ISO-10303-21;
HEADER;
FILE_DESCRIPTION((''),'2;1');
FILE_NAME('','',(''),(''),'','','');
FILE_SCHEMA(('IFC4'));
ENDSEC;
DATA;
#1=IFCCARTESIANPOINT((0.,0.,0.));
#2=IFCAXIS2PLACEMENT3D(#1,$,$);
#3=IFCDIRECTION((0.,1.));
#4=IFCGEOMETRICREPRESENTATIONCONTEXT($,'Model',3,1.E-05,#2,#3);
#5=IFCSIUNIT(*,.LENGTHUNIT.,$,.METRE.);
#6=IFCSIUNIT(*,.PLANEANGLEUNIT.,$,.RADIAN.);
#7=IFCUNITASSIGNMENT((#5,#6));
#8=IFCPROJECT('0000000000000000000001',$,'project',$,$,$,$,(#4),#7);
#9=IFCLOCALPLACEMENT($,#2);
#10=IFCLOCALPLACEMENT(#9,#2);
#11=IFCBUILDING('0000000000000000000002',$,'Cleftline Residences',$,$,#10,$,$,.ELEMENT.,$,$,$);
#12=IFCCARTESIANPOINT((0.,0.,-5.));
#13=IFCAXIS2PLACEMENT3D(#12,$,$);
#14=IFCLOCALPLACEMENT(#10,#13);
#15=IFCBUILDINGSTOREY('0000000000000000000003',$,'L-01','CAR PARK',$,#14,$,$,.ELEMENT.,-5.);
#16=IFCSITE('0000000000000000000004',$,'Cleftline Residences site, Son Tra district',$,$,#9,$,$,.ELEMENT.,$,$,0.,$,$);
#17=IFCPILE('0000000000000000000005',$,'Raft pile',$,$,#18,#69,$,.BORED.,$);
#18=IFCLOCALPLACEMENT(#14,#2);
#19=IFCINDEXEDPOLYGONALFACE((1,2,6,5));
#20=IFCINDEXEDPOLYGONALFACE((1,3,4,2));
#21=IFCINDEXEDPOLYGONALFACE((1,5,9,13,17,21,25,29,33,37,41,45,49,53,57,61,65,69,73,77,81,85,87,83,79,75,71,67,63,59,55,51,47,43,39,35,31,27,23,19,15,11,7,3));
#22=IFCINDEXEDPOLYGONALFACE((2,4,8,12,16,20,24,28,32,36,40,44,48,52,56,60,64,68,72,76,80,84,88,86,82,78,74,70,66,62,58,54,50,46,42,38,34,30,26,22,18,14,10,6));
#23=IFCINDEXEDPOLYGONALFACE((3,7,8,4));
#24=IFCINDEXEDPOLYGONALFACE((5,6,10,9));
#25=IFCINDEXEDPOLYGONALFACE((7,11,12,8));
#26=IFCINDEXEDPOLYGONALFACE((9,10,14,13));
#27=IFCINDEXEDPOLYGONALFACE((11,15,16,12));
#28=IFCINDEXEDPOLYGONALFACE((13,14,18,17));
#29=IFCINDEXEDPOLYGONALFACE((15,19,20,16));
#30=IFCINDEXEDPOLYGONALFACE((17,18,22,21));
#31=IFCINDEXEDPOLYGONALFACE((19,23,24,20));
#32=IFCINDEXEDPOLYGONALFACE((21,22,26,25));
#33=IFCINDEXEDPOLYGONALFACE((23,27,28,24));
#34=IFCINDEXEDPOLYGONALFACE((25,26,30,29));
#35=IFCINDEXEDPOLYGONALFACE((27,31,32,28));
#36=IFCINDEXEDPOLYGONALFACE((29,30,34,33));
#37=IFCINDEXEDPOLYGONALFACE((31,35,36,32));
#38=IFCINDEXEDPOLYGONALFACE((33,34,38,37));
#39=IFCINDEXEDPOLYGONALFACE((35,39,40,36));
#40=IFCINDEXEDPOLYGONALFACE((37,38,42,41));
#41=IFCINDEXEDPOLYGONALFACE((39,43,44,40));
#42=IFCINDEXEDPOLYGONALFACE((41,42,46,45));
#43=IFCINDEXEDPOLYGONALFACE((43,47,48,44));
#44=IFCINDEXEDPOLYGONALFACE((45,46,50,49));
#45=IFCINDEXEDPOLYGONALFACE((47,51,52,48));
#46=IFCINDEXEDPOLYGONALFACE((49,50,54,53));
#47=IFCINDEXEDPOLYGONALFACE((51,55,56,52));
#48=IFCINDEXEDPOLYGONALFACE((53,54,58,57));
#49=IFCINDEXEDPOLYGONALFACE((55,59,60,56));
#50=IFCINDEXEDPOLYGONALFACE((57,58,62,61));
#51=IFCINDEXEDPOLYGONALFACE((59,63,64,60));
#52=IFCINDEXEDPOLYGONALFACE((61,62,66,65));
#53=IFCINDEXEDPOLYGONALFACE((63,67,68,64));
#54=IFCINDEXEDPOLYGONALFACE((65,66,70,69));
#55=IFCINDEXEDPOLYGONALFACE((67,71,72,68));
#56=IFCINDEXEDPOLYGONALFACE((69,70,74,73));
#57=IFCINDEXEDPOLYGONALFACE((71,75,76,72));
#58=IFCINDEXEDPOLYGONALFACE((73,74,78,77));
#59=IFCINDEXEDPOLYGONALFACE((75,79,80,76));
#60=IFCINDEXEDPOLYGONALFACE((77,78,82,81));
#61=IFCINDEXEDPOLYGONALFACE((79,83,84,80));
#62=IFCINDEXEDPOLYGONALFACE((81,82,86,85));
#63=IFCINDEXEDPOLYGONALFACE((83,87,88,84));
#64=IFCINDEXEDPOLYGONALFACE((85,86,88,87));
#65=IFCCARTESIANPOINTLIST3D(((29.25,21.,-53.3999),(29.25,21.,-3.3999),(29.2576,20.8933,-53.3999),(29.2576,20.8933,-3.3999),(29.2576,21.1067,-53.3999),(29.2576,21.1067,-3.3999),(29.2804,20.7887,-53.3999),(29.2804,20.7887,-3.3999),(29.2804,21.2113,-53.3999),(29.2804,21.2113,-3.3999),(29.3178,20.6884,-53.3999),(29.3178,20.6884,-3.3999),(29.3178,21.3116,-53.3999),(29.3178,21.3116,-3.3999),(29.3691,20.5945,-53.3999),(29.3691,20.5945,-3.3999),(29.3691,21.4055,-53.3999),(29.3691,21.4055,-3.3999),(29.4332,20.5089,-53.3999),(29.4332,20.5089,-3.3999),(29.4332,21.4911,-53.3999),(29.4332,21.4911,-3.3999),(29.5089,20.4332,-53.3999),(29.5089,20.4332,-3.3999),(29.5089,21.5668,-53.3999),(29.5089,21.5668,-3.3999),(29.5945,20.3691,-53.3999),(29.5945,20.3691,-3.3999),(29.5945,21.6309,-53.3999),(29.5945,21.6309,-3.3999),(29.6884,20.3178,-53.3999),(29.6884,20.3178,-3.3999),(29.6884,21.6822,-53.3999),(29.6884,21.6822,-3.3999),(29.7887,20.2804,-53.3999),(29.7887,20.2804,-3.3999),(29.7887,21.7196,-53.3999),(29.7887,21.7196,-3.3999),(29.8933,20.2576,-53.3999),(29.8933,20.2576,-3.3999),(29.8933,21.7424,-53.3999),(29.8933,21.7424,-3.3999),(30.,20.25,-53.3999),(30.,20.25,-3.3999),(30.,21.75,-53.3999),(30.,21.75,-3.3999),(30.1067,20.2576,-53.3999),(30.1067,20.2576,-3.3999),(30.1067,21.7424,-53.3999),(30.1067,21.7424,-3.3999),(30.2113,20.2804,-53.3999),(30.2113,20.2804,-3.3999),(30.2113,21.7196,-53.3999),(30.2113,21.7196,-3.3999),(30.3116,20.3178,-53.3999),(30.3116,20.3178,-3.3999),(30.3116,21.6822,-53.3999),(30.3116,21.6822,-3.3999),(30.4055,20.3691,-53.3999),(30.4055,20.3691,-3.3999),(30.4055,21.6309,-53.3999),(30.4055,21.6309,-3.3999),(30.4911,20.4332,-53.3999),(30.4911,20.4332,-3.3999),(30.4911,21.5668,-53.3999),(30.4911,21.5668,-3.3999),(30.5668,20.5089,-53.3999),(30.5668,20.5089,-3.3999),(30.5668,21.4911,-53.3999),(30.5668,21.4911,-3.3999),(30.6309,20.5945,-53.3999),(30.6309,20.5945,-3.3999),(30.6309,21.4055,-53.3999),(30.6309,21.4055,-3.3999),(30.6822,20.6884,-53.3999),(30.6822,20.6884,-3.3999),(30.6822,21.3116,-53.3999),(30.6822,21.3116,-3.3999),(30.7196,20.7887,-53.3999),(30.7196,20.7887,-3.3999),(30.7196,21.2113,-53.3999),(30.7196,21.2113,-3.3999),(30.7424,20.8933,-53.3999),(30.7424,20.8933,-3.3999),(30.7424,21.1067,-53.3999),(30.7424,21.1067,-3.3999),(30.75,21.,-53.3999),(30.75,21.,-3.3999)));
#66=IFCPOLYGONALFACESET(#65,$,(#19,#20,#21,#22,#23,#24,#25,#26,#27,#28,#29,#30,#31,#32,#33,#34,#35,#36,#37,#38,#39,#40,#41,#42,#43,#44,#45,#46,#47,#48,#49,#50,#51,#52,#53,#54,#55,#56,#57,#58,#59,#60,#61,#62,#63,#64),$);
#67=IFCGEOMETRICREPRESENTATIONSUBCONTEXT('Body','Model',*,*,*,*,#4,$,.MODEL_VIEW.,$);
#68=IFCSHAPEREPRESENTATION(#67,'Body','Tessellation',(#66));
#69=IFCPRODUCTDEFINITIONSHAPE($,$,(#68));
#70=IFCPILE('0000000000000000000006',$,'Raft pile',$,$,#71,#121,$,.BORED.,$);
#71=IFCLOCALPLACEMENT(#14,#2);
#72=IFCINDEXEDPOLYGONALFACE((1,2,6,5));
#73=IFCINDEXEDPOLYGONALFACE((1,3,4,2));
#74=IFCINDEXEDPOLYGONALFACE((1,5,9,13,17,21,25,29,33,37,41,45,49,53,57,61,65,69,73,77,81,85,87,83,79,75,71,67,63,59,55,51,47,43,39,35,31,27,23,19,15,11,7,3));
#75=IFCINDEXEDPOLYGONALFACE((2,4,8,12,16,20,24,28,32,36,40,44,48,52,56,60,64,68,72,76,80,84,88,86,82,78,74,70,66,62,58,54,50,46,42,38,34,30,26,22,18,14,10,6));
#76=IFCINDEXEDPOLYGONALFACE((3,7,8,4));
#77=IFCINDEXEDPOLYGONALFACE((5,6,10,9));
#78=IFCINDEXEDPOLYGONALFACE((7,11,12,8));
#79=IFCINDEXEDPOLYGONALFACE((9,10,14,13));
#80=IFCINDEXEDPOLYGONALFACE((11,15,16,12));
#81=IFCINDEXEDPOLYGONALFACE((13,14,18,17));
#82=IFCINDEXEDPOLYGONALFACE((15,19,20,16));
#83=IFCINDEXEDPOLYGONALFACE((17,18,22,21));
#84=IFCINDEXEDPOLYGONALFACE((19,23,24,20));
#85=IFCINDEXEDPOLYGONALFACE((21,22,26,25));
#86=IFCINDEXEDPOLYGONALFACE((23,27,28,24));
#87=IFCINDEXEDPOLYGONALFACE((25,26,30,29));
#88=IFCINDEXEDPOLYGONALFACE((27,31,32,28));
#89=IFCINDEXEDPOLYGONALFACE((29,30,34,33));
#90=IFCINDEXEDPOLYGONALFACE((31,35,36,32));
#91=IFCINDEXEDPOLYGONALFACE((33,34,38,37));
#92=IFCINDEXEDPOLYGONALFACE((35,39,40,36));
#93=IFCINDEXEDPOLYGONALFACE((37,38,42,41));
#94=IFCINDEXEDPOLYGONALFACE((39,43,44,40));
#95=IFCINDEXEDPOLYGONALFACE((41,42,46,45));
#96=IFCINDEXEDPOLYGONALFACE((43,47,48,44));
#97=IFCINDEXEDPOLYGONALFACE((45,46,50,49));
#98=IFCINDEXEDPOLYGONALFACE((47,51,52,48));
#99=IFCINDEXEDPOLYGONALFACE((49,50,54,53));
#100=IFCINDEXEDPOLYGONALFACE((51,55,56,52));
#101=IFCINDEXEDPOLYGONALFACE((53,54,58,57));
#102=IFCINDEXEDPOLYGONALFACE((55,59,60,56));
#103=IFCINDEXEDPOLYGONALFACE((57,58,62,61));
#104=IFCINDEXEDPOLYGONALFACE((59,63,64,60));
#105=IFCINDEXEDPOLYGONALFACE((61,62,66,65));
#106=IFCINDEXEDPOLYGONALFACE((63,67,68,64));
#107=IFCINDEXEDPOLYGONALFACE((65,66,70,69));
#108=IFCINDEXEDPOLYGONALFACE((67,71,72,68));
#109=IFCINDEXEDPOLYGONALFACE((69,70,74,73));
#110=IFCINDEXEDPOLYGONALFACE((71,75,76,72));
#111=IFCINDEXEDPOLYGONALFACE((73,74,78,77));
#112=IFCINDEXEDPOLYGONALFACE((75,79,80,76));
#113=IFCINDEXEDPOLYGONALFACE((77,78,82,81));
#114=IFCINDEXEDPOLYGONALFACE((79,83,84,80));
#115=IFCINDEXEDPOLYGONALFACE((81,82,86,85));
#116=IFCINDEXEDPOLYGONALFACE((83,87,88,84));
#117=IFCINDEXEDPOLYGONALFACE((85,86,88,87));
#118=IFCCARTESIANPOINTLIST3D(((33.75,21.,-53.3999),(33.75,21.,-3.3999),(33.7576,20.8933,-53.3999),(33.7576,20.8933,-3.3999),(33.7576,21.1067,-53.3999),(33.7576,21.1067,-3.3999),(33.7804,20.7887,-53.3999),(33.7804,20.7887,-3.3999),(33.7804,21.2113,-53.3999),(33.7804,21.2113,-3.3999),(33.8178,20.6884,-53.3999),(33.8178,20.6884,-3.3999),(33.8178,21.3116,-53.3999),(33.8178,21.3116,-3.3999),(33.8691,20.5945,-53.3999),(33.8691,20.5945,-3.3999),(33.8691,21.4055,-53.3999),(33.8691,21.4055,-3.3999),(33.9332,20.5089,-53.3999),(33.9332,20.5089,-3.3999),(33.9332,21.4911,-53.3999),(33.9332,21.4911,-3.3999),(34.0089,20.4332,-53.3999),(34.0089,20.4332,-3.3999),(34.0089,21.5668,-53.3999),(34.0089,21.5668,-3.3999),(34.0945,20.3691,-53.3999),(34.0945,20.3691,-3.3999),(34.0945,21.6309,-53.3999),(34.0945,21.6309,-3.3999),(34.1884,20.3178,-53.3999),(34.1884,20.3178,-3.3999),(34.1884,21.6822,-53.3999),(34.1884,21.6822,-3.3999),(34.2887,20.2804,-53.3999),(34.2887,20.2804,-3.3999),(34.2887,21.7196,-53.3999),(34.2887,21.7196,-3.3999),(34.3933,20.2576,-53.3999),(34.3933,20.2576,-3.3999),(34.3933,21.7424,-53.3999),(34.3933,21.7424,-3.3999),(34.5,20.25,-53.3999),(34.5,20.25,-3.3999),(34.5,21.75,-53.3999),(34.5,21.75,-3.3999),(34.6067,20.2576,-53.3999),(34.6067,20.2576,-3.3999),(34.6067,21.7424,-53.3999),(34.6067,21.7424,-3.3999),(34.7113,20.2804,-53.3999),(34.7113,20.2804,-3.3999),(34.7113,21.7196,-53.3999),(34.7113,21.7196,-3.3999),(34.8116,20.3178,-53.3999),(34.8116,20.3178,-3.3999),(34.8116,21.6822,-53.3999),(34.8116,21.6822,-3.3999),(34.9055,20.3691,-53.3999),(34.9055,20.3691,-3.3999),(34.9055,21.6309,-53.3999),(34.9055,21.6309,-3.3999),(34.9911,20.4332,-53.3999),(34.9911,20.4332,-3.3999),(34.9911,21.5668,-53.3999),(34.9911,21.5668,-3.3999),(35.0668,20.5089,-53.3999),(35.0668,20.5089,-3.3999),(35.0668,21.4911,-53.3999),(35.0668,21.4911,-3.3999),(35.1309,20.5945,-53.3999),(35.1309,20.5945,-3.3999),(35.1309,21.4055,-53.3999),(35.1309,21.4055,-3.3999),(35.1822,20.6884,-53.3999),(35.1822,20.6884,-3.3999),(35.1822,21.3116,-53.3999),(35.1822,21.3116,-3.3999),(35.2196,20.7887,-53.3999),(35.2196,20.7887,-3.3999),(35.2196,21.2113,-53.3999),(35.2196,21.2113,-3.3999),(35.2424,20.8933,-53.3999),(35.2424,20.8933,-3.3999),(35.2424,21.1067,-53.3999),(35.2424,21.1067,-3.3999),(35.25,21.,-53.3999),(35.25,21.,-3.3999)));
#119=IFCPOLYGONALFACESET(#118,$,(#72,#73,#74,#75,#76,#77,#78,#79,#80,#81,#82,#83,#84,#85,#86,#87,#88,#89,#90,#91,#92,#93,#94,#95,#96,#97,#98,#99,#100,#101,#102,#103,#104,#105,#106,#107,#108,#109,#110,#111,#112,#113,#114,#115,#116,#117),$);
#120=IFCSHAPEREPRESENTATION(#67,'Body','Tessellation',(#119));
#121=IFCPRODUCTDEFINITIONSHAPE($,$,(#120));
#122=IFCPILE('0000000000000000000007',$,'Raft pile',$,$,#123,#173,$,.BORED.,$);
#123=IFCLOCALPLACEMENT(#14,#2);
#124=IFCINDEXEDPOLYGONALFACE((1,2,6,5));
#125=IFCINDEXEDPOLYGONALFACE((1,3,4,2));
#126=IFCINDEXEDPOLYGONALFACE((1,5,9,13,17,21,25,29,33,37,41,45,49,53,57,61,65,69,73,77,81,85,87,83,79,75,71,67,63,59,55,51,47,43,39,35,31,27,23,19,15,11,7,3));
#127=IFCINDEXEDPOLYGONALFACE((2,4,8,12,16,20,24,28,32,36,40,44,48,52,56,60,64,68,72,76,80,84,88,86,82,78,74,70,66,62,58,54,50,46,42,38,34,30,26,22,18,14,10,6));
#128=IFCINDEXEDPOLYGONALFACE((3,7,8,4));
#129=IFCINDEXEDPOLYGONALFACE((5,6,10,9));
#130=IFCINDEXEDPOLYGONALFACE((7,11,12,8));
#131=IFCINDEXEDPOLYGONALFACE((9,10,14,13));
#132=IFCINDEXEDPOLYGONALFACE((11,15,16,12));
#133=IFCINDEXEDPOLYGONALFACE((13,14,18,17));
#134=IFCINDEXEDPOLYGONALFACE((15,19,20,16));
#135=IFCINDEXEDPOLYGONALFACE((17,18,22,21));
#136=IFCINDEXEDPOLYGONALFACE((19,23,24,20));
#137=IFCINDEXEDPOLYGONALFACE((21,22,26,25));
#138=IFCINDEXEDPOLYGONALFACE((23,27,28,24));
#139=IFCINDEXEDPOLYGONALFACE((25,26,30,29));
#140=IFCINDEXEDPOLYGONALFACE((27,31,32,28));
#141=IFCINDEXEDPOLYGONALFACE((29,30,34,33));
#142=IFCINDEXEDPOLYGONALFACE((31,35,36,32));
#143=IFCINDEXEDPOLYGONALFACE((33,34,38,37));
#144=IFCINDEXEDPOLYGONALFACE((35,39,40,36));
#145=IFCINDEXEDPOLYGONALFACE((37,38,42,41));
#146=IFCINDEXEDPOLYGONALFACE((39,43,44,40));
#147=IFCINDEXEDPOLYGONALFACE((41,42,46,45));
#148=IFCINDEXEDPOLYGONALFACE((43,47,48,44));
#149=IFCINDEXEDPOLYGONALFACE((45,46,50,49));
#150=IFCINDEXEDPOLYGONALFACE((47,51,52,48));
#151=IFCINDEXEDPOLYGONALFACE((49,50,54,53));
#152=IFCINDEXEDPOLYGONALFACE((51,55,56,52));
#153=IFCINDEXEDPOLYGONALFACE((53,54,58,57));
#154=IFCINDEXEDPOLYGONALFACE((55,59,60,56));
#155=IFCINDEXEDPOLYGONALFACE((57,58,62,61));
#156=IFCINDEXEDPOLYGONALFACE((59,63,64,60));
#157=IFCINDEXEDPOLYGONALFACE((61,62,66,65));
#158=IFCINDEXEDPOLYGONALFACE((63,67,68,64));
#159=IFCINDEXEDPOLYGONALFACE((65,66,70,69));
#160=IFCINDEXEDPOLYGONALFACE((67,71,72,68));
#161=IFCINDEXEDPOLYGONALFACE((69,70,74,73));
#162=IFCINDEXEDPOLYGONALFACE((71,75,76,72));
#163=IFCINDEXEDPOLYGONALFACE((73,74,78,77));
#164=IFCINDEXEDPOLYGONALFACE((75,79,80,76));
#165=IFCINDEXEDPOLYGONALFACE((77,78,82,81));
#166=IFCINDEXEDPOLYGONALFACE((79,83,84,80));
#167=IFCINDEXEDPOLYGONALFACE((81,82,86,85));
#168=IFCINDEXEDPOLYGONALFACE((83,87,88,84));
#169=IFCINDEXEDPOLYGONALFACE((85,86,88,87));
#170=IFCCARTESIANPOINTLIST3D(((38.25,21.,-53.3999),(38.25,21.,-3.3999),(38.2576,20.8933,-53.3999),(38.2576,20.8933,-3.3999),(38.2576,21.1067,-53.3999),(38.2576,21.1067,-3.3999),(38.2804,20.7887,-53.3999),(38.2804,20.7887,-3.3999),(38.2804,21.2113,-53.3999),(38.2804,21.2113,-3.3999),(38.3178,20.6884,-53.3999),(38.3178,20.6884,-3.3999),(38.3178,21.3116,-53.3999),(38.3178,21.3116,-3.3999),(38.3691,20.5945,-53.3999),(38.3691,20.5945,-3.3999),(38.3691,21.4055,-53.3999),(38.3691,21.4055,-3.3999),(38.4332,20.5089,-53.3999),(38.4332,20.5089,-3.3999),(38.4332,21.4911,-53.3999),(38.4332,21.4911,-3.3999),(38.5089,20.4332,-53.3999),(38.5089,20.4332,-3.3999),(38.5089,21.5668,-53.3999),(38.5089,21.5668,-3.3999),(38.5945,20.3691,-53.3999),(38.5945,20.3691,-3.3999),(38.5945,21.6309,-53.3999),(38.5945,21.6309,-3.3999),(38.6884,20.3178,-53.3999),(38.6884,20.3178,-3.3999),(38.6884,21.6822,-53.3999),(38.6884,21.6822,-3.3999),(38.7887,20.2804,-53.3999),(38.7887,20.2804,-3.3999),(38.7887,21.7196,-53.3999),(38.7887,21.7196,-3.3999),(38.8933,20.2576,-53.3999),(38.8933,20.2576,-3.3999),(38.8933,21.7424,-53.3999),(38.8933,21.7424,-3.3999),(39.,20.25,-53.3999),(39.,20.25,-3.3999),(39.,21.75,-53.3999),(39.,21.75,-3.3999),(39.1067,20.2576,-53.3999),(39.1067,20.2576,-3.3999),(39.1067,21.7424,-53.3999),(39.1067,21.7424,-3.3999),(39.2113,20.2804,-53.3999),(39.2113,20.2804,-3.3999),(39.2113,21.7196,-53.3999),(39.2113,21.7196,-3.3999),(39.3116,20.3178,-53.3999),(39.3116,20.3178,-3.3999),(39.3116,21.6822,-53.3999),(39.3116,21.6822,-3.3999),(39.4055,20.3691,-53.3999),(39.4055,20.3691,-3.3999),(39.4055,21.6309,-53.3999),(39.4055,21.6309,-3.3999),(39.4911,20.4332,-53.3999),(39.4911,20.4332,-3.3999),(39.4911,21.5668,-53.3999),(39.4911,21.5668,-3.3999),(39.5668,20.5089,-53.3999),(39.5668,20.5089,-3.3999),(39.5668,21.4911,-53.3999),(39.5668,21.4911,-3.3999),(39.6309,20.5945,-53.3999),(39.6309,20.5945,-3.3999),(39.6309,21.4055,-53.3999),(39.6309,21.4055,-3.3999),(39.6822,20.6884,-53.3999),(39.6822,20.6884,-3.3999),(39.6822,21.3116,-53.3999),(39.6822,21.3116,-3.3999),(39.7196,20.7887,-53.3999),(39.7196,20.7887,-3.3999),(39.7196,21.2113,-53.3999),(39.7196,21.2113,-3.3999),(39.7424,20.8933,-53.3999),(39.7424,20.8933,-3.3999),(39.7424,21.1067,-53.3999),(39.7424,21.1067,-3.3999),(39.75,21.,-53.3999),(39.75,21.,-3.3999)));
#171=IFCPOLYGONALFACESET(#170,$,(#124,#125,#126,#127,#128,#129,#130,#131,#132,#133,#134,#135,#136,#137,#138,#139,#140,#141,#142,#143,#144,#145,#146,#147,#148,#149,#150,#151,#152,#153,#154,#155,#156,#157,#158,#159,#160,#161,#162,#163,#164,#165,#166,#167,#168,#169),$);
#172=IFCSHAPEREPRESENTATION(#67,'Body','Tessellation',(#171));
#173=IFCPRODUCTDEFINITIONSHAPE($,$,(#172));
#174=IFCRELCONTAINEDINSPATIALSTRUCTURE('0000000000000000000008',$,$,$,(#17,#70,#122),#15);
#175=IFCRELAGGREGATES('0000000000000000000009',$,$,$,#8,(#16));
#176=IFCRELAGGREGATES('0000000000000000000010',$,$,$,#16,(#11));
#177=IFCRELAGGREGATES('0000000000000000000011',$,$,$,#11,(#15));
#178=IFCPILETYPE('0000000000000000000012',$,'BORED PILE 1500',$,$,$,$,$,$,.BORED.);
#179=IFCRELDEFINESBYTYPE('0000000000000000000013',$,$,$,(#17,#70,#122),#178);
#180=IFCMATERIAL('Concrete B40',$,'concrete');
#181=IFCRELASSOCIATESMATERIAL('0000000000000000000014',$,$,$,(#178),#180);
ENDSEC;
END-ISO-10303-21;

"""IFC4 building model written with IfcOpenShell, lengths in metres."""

from ifc_helpers import new_model, si_unit, direction, frame, origin, origin_2d, place, context, subcontext, project, spatial, circle, extrude, material, material_profile, profile_set, type_object, element, save


model = new_model("IFC4")

# Units and contexts
model_context = context("Model", 3, precision=1e-05, world=origin(), true_north=direction((0.0, 1.0)))
body_context = subcontext(model_context, "Body", "Model", "MODEL_VIEW")
ifc_project = project(units=[si_unit("LENGTHUNIT", "METRE"), si_unit("PLANEANGLEUNIT", "RADIAN")], contexts=[model_context])

# Site, building, storey
site_placement = place(None, origin())
site = spatial("IfcSite", under=ifc_project, at=site_placement, Name="Cleftline Residences site, Son Tra district", CompositionType="ELEMENT", RefElevation=0.0)
building_placement = place(site_placement, origin())
building = spatial("IfcBuilding", under=site, at=building_placement, Name="Cleftline Residences", CompositionType="ELEMENT")
storey_placement = place(building_placement, frame((0.0, 0.0, -5.0)))
storey = spatial("IfcBuildingStorey", under=building, at=storey_placement, Name="L-01", Description="CAR PARK", CompositionType="ELEMENT", Elevation=-5.0)

# Piles
ifc_material_1 = material(Name="Concrete B40", Category="concrete")
ifc_material_profile = material_profile(ifc_material_1, circle(Radius=0.75, at=origin_2d()))
ifc_profile_set = profile_set([ifc_material_profile], Name="Concrete B40")
pile_type = type_object("IfcPileType", Name="BORED PILE 1500", PredefinedType="BORED", material=ifc_profile_set)
for number, where, z_axis, x_axis, name in (
    (1, (30.0, 21.0, -3.3999), (0.0, 0.0, -1.0), (1.0, 0.0, 0.0), "Raft pile"),
    (2, (34.5, 21.0, -3.3999), (0.0, 0.0, -1.0), (1.0, 0.0, 0.0), "Raft pile"),
    (3, (39.0, 21.0, -3.3999), (0.0, 0.0, -1.0), (1.0, 0.0, 0.0), "Raft pile"),
):
    element("IfcPile", number, at=place(storey_placement, frame(where, z_axis=z_axis, x_axis=x_axis)), inside=storey, type_object=pile_type, Name=name, PredefinedType="BORED", context=body_context, shape_type="SweptSolid", body=[
        extrude(circle(Radius=0.75, at=origin_2d()), origin(), (0.0, 0.0, 1.0), 50.0),
    ])

save(model, "model.ifc")
